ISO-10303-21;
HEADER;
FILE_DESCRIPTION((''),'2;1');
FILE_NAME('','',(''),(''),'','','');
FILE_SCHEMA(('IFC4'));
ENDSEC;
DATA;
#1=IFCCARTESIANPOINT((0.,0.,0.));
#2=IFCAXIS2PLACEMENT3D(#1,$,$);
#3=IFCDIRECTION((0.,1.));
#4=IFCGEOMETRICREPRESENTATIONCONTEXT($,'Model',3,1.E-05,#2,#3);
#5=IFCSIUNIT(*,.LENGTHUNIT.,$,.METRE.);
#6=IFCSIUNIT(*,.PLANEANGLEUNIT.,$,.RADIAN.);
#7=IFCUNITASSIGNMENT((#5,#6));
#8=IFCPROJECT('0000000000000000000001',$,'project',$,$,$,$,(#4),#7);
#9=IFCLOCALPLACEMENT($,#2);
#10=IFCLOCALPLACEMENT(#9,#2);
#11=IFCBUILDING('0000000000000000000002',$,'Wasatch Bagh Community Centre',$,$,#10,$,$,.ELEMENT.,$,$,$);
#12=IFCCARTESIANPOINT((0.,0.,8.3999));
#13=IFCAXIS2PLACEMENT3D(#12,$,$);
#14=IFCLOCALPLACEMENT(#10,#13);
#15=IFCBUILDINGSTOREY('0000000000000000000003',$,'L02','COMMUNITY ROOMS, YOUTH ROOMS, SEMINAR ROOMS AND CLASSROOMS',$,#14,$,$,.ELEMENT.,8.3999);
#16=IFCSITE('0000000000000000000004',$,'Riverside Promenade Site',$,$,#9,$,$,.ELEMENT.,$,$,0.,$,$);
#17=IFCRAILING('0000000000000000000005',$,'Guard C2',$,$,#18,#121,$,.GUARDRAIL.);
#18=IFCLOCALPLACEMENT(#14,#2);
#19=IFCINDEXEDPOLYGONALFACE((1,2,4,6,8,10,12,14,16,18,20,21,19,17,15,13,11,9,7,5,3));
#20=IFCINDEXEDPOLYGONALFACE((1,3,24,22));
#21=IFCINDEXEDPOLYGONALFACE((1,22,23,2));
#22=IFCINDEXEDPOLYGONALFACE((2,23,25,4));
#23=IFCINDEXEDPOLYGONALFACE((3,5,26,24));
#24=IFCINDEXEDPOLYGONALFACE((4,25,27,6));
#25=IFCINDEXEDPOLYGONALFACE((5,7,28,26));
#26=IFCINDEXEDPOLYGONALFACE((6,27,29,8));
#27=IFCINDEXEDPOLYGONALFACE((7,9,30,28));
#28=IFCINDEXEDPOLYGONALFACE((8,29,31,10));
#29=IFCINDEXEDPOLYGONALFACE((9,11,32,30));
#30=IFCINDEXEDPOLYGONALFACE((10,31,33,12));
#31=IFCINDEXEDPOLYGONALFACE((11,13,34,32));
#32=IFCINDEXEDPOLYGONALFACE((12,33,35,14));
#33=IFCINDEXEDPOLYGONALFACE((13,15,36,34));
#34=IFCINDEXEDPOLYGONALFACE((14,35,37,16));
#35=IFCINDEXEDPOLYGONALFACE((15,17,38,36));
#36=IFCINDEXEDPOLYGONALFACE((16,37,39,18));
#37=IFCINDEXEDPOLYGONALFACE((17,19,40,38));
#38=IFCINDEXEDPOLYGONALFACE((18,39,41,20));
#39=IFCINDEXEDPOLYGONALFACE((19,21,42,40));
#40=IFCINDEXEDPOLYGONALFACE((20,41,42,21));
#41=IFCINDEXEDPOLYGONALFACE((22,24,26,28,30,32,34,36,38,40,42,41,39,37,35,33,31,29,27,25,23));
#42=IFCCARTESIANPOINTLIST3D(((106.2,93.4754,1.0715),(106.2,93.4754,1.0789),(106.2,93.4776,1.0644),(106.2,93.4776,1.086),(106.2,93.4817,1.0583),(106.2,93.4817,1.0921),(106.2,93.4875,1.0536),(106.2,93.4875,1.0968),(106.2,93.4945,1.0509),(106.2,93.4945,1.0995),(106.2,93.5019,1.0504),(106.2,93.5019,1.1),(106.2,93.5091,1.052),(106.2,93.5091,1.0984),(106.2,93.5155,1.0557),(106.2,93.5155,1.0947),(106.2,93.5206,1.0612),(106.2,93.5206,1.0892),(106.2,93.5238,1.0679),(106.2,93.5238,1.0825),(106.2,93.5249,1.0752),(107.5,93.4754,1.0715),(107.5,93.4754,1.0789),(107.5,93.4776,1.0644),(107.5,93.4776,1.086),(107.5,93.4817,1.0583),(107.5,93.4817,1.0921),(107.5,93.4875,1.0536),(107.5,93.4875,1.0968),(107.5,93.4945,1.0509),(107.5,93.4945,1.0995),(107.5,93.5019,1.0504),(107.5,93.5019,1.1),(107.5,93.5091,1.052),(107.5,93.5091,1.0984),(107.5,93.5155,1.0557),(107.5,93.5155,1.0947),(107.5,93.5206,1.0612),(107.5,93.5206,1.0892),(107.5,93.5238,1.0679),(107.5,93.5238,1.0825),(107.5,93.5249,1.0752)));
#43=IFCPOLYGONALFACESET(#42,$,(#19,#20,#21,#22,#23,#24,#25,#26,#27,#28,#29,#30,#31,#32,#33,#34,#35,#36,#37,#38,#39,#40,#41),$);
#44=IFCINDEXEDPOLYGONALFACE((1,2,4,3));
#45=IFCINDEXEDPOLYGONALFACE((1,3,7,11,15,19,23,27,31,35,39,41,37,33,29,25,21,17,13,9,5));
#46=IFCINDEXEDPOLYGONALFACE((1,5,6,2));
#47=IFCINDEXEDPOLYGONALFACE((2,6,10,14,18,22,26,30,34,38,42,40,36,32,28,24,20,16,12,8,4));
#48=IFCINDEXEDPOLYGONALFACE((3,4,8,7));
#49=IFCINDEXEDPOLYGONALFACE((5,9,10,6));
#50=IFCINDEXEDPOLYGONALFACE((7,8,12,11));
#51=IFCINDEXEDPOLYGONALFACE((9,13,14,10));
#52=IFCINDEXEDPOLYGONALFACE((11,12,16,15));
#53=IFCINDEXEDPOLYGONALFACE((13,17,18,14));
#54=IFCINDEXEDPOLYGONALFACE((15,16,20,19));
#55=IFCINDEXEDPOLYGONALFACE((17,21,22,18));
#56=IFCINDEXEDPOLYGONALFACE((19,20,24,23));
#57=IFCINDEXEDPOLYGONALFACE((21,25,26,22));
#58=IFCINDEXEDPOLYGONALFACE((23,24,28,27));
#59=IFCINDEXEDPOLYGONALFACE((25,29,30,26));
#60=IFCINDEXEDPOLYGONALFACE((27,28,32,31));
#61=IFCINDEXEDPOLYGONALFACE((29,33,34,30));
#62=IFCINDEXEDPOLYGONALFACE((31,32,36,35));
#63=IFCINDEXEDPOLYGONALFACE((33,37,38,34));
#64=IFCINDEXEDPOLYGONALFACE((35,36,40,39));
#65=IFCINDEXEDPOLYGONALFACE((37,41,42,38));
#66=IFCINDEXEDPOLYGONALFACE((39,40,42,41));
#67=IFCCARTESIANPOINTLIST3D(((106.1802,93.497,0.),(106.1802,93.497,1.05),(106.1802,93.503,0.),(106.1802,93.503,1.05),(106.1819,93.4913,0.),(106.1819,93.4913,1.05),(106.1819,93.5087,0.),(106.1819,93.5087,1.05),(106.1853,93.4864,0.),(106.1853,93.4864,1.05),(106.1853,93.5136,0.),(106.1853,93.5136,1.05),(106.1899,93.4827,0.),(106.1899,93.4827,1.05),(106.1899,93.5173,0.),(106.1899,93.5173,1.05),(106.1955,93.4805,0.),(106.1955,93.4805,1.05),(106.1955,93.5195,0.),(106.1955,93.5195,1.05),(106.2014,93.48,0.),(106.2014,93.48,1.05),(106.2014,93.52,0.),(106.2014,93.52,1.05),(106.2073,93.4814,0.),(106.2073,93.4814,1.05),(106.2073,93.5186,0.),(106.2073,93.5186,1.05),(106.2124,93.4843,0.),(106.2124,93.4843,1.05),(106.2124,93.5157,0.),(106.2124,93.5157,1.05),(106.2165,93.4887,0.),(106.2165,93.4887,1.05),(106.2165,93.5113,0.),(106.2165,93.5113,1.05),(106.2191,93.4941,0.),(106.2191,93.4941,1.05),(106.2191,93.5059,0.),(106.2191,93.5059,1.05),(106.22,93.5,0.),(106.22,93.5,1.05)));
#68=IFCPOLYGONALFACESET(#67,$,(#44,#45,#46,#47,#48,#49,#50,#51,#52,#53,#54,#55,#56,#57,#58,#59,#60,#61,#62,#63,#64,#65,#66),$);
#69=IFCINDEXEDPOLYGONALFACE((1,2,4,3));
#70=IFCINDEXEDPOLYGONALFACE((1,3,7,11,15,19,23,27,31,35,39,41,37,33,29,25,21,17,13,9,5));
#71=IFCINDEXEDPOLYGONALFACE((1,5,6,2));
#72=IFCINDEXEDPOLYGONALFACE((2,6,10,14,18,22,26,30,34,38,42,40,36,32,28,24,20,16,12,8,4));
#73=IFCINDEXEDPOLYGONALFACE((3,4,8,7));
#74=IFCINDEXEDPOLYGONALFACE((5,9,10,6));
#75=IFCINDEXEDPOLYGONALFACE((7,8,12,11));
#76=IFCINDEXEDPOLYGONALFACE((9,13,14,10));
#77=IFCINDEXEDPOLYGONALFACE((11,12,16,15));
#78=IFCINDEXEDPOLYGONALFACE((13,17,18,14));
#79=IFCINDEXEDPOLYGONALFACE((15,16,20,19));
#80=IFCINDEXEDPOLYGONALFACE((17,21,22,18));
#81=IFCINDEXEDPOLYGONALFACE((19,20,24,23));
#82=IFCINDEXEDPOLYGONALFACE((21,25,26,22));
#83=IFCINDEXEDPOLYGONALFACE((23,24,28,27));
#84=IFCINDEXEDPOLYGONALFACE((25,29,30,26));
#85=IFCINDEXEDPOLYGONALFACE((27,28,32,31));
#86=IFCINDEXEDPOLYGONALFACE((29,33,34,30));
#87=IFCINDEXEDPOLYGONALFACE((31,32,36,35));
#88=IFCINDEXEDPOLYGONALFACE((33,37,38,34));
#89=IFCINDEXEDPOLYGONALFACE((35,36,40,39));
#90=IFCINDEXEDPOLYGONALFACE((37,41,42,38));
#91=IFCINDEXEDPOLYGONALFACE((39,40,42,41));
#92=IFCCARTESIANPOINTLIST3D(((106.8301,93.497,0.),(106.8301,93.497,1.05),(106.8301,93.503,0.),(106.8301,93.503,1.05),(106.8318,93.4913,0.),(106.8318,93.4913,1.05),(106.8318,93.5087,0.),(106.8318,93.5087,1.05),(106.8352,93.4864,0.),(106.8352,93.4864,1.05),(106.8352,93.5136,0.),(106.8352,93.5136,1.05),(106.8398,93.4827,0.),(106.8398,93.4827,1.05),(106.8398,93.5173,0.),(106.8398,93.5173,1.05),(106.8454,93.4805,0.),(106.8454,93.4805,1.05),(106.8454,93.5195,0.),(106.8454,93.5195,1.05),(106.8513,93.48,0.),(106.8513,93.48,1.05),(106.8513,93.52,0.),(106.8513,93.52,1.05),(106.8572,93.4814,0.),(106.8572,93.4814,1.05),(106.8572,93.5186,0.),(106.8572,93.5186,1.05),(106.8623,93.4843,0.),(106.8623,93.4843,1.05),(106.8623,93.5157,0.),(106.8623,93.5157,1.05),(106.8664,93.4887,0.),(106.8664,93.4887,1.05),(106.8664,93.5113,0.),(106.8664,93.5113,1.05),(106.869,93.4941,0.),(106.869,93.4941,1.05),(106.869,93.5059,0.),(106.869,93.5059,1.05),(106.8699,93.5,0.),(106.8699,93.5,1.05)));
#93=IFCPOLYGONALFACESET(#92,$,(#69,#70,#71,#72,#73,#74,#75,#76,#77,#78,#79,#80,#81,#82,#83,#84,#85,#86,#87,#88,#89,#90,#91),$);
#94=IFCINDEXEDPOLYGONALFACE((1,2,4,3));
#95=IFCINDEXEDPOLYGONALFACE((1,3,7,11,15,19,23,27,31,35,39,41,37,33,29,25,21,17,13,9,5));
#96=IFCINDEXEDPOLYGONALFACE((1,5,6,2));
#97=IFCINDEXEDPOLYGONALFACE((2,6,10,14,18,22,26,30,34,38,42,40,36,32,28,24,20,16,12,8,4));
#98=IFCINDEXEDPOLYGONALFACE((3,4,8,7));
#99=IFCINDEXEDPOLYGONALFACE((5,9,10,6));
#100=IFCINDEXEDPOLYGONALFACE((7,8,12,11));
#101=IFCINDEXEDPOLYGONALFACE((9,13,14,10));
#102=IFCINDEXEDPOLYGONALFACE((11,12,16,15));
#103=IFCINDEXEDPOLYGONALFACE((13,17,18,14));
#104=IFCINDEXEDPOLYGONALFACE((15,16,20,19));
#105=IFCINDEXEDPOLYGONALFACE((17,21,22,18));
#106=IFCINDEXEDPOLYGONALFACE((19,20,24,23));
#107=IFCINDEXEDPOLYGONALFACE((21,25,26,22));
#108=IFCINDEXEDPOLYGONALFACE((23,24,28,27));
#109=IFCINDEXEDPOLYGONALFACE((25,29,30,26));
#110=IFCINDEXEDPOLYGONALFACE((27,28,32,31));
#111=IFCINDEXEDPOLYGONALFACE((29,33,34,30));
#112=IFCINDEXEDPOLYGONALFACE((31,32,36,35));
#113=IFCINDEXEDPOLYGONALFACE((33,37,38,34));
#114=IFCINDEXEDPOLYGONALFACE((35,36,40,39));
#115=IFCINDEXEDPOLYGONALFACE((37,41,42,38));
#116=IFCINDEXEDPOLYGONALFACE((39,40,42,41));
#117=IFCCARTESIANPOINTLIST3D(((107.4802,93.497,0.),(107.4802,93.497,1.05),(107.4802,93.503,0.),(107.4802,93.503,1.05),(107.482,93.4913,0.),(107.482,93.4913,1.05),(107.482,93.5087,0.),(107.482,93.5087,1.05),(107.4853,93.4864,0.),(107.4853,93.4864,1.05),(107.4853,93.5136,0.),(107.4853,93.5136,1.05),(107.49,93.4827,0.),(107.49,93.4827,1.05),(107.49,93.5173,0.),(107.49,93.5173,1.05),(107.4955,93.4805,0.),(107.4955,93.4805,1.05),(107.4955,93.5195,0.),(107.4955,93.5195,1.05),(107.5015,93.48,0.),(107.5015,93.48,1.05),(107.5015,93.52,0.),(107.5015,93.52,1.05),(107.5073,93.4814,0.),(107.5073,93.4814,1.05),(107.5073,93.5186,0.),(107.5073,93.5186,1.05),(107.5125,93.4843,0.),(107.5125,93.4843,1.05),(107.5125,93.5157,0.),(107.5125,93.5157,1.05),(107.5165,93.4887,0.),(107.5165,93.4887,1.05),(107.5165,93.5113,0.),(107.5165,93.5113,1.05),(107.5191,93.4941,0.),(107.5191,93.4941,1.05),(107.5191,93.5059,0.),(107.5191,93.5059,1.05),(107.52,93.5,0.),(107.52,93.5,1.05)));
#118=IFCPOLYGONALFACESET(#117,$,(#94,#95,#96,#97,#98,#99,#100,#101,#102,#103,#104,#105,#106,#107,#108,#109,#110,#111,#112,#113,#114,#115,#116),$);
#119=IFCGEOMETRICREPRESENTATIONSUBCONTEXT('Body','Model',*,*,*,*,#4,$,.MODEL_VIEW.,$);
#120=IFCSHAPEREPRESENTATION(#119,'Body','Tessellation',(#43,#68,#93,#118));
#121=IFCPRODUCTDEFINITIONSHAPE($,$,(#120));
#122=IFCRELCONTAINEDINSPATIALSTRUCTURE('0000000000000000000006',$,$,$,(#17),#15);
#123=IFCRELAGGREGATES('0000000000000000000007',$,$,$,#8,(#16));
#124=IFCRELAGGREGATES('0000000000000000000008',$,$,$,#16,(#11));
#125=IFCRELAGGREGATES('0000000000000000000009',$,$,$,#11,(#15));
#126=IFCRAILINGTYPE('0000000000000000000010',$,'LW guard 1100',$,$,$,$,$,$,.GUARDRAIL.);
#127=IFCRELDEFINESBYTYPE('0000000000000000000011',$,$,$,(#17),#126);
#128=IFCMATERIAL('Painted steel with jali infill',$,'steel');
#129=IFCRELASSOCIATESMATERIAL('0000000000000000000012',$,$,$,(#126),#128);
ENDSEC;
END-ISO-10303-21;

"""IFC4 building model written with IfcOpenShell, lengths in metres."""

from ifc_helpers import new_model, si_unit, direction, frame, origin, origin_2d, place, context, subcontext, project, spatial, circle, extrude, material, type_object, element, save


model = new_model("IFC4")

# Units and contexts
model_context = context("Model", 3, precision=1e-05, world=origin(), true_north=direction((0.0, 1.0)))
body_context = subcontext(model_context, "Body", "Model", "MODEL_VIEW")
ifc_project = project(units=[si_unit("LENGTHUNIT", "METRE"), si_unit("PLANEANGLEUNIT", "RADIAN")], contexts=[model_context])

# Site, building, storey
site_placement = place(None, origin())
site = spatial("IfcSite", under=ifc_project, at=site_placement, Name="Riverside Promenade Site", CompositionType="ELEMENT", RefElevation=0.0)
building_placement = place(site_placement, origin())
building = spatial("IfcBuilding", under=site, at=building_placement, Name="Wasatch Bagh Community Centre", CompositionType="ELEMENT")
storey_placement = place(building_placement, frame((0.0, 0.0, 8.3999)))
storey = spatial("IfcBuildingStorey", under=building, at=storey_placement, Name="L02", Description="COMMUNITY ROOMS, YOUTH ROOMS, SEMINAR ROOMS AND CLASSROOMS", CompositionType="ELEMENT", Elevation=8.3999)

# Railing
ifc_material_1 = material(Name="Painted steel with jali infill", Category="steel")
railing_type_1 = type_object("IfcRailingType", Name="LW guard 1100", PredefinedType="GUARDRAIL", material=ifc_material_1)
railing_1_placement = place(storey_placement, frame((106.2, 93.5, 0.0)))
element("IfcRailing", 1, at=railing_1_placement, inside=storey, type_object=railing_type_1, Name="Guard C2", PredefinedType="GUARDRAIL", context=body_context, shape_type="SweptSolid", body=[
    extrude(circle(Radius=0.0249, at=origin_2d()), frame((0.0, 0.0, 1.0752), z_axis=(1.0, 0.0, 0.0), x_axis=(0.0, 1.0, 0.0)), (0.0, 0.0, 1.0), 1.3),
    extrude(circle(Radius=0.02, at=origin_2d()), origin(), (0.0, 0.0, 1.0), 1.05),
    extrude(circle(Radius=0.02, at=origin_2d()), frame((0.6499, 0.0, 0.0)), (0.0, 0.0, 1.0), 1.05),
    extrude(circle(Radius=0.02, at=origin_2d()), frame((1.3, 0.0, 0.0)), (0.0, 0.0, 1.0), 1.05),
])

save(model, "model.ifc")
